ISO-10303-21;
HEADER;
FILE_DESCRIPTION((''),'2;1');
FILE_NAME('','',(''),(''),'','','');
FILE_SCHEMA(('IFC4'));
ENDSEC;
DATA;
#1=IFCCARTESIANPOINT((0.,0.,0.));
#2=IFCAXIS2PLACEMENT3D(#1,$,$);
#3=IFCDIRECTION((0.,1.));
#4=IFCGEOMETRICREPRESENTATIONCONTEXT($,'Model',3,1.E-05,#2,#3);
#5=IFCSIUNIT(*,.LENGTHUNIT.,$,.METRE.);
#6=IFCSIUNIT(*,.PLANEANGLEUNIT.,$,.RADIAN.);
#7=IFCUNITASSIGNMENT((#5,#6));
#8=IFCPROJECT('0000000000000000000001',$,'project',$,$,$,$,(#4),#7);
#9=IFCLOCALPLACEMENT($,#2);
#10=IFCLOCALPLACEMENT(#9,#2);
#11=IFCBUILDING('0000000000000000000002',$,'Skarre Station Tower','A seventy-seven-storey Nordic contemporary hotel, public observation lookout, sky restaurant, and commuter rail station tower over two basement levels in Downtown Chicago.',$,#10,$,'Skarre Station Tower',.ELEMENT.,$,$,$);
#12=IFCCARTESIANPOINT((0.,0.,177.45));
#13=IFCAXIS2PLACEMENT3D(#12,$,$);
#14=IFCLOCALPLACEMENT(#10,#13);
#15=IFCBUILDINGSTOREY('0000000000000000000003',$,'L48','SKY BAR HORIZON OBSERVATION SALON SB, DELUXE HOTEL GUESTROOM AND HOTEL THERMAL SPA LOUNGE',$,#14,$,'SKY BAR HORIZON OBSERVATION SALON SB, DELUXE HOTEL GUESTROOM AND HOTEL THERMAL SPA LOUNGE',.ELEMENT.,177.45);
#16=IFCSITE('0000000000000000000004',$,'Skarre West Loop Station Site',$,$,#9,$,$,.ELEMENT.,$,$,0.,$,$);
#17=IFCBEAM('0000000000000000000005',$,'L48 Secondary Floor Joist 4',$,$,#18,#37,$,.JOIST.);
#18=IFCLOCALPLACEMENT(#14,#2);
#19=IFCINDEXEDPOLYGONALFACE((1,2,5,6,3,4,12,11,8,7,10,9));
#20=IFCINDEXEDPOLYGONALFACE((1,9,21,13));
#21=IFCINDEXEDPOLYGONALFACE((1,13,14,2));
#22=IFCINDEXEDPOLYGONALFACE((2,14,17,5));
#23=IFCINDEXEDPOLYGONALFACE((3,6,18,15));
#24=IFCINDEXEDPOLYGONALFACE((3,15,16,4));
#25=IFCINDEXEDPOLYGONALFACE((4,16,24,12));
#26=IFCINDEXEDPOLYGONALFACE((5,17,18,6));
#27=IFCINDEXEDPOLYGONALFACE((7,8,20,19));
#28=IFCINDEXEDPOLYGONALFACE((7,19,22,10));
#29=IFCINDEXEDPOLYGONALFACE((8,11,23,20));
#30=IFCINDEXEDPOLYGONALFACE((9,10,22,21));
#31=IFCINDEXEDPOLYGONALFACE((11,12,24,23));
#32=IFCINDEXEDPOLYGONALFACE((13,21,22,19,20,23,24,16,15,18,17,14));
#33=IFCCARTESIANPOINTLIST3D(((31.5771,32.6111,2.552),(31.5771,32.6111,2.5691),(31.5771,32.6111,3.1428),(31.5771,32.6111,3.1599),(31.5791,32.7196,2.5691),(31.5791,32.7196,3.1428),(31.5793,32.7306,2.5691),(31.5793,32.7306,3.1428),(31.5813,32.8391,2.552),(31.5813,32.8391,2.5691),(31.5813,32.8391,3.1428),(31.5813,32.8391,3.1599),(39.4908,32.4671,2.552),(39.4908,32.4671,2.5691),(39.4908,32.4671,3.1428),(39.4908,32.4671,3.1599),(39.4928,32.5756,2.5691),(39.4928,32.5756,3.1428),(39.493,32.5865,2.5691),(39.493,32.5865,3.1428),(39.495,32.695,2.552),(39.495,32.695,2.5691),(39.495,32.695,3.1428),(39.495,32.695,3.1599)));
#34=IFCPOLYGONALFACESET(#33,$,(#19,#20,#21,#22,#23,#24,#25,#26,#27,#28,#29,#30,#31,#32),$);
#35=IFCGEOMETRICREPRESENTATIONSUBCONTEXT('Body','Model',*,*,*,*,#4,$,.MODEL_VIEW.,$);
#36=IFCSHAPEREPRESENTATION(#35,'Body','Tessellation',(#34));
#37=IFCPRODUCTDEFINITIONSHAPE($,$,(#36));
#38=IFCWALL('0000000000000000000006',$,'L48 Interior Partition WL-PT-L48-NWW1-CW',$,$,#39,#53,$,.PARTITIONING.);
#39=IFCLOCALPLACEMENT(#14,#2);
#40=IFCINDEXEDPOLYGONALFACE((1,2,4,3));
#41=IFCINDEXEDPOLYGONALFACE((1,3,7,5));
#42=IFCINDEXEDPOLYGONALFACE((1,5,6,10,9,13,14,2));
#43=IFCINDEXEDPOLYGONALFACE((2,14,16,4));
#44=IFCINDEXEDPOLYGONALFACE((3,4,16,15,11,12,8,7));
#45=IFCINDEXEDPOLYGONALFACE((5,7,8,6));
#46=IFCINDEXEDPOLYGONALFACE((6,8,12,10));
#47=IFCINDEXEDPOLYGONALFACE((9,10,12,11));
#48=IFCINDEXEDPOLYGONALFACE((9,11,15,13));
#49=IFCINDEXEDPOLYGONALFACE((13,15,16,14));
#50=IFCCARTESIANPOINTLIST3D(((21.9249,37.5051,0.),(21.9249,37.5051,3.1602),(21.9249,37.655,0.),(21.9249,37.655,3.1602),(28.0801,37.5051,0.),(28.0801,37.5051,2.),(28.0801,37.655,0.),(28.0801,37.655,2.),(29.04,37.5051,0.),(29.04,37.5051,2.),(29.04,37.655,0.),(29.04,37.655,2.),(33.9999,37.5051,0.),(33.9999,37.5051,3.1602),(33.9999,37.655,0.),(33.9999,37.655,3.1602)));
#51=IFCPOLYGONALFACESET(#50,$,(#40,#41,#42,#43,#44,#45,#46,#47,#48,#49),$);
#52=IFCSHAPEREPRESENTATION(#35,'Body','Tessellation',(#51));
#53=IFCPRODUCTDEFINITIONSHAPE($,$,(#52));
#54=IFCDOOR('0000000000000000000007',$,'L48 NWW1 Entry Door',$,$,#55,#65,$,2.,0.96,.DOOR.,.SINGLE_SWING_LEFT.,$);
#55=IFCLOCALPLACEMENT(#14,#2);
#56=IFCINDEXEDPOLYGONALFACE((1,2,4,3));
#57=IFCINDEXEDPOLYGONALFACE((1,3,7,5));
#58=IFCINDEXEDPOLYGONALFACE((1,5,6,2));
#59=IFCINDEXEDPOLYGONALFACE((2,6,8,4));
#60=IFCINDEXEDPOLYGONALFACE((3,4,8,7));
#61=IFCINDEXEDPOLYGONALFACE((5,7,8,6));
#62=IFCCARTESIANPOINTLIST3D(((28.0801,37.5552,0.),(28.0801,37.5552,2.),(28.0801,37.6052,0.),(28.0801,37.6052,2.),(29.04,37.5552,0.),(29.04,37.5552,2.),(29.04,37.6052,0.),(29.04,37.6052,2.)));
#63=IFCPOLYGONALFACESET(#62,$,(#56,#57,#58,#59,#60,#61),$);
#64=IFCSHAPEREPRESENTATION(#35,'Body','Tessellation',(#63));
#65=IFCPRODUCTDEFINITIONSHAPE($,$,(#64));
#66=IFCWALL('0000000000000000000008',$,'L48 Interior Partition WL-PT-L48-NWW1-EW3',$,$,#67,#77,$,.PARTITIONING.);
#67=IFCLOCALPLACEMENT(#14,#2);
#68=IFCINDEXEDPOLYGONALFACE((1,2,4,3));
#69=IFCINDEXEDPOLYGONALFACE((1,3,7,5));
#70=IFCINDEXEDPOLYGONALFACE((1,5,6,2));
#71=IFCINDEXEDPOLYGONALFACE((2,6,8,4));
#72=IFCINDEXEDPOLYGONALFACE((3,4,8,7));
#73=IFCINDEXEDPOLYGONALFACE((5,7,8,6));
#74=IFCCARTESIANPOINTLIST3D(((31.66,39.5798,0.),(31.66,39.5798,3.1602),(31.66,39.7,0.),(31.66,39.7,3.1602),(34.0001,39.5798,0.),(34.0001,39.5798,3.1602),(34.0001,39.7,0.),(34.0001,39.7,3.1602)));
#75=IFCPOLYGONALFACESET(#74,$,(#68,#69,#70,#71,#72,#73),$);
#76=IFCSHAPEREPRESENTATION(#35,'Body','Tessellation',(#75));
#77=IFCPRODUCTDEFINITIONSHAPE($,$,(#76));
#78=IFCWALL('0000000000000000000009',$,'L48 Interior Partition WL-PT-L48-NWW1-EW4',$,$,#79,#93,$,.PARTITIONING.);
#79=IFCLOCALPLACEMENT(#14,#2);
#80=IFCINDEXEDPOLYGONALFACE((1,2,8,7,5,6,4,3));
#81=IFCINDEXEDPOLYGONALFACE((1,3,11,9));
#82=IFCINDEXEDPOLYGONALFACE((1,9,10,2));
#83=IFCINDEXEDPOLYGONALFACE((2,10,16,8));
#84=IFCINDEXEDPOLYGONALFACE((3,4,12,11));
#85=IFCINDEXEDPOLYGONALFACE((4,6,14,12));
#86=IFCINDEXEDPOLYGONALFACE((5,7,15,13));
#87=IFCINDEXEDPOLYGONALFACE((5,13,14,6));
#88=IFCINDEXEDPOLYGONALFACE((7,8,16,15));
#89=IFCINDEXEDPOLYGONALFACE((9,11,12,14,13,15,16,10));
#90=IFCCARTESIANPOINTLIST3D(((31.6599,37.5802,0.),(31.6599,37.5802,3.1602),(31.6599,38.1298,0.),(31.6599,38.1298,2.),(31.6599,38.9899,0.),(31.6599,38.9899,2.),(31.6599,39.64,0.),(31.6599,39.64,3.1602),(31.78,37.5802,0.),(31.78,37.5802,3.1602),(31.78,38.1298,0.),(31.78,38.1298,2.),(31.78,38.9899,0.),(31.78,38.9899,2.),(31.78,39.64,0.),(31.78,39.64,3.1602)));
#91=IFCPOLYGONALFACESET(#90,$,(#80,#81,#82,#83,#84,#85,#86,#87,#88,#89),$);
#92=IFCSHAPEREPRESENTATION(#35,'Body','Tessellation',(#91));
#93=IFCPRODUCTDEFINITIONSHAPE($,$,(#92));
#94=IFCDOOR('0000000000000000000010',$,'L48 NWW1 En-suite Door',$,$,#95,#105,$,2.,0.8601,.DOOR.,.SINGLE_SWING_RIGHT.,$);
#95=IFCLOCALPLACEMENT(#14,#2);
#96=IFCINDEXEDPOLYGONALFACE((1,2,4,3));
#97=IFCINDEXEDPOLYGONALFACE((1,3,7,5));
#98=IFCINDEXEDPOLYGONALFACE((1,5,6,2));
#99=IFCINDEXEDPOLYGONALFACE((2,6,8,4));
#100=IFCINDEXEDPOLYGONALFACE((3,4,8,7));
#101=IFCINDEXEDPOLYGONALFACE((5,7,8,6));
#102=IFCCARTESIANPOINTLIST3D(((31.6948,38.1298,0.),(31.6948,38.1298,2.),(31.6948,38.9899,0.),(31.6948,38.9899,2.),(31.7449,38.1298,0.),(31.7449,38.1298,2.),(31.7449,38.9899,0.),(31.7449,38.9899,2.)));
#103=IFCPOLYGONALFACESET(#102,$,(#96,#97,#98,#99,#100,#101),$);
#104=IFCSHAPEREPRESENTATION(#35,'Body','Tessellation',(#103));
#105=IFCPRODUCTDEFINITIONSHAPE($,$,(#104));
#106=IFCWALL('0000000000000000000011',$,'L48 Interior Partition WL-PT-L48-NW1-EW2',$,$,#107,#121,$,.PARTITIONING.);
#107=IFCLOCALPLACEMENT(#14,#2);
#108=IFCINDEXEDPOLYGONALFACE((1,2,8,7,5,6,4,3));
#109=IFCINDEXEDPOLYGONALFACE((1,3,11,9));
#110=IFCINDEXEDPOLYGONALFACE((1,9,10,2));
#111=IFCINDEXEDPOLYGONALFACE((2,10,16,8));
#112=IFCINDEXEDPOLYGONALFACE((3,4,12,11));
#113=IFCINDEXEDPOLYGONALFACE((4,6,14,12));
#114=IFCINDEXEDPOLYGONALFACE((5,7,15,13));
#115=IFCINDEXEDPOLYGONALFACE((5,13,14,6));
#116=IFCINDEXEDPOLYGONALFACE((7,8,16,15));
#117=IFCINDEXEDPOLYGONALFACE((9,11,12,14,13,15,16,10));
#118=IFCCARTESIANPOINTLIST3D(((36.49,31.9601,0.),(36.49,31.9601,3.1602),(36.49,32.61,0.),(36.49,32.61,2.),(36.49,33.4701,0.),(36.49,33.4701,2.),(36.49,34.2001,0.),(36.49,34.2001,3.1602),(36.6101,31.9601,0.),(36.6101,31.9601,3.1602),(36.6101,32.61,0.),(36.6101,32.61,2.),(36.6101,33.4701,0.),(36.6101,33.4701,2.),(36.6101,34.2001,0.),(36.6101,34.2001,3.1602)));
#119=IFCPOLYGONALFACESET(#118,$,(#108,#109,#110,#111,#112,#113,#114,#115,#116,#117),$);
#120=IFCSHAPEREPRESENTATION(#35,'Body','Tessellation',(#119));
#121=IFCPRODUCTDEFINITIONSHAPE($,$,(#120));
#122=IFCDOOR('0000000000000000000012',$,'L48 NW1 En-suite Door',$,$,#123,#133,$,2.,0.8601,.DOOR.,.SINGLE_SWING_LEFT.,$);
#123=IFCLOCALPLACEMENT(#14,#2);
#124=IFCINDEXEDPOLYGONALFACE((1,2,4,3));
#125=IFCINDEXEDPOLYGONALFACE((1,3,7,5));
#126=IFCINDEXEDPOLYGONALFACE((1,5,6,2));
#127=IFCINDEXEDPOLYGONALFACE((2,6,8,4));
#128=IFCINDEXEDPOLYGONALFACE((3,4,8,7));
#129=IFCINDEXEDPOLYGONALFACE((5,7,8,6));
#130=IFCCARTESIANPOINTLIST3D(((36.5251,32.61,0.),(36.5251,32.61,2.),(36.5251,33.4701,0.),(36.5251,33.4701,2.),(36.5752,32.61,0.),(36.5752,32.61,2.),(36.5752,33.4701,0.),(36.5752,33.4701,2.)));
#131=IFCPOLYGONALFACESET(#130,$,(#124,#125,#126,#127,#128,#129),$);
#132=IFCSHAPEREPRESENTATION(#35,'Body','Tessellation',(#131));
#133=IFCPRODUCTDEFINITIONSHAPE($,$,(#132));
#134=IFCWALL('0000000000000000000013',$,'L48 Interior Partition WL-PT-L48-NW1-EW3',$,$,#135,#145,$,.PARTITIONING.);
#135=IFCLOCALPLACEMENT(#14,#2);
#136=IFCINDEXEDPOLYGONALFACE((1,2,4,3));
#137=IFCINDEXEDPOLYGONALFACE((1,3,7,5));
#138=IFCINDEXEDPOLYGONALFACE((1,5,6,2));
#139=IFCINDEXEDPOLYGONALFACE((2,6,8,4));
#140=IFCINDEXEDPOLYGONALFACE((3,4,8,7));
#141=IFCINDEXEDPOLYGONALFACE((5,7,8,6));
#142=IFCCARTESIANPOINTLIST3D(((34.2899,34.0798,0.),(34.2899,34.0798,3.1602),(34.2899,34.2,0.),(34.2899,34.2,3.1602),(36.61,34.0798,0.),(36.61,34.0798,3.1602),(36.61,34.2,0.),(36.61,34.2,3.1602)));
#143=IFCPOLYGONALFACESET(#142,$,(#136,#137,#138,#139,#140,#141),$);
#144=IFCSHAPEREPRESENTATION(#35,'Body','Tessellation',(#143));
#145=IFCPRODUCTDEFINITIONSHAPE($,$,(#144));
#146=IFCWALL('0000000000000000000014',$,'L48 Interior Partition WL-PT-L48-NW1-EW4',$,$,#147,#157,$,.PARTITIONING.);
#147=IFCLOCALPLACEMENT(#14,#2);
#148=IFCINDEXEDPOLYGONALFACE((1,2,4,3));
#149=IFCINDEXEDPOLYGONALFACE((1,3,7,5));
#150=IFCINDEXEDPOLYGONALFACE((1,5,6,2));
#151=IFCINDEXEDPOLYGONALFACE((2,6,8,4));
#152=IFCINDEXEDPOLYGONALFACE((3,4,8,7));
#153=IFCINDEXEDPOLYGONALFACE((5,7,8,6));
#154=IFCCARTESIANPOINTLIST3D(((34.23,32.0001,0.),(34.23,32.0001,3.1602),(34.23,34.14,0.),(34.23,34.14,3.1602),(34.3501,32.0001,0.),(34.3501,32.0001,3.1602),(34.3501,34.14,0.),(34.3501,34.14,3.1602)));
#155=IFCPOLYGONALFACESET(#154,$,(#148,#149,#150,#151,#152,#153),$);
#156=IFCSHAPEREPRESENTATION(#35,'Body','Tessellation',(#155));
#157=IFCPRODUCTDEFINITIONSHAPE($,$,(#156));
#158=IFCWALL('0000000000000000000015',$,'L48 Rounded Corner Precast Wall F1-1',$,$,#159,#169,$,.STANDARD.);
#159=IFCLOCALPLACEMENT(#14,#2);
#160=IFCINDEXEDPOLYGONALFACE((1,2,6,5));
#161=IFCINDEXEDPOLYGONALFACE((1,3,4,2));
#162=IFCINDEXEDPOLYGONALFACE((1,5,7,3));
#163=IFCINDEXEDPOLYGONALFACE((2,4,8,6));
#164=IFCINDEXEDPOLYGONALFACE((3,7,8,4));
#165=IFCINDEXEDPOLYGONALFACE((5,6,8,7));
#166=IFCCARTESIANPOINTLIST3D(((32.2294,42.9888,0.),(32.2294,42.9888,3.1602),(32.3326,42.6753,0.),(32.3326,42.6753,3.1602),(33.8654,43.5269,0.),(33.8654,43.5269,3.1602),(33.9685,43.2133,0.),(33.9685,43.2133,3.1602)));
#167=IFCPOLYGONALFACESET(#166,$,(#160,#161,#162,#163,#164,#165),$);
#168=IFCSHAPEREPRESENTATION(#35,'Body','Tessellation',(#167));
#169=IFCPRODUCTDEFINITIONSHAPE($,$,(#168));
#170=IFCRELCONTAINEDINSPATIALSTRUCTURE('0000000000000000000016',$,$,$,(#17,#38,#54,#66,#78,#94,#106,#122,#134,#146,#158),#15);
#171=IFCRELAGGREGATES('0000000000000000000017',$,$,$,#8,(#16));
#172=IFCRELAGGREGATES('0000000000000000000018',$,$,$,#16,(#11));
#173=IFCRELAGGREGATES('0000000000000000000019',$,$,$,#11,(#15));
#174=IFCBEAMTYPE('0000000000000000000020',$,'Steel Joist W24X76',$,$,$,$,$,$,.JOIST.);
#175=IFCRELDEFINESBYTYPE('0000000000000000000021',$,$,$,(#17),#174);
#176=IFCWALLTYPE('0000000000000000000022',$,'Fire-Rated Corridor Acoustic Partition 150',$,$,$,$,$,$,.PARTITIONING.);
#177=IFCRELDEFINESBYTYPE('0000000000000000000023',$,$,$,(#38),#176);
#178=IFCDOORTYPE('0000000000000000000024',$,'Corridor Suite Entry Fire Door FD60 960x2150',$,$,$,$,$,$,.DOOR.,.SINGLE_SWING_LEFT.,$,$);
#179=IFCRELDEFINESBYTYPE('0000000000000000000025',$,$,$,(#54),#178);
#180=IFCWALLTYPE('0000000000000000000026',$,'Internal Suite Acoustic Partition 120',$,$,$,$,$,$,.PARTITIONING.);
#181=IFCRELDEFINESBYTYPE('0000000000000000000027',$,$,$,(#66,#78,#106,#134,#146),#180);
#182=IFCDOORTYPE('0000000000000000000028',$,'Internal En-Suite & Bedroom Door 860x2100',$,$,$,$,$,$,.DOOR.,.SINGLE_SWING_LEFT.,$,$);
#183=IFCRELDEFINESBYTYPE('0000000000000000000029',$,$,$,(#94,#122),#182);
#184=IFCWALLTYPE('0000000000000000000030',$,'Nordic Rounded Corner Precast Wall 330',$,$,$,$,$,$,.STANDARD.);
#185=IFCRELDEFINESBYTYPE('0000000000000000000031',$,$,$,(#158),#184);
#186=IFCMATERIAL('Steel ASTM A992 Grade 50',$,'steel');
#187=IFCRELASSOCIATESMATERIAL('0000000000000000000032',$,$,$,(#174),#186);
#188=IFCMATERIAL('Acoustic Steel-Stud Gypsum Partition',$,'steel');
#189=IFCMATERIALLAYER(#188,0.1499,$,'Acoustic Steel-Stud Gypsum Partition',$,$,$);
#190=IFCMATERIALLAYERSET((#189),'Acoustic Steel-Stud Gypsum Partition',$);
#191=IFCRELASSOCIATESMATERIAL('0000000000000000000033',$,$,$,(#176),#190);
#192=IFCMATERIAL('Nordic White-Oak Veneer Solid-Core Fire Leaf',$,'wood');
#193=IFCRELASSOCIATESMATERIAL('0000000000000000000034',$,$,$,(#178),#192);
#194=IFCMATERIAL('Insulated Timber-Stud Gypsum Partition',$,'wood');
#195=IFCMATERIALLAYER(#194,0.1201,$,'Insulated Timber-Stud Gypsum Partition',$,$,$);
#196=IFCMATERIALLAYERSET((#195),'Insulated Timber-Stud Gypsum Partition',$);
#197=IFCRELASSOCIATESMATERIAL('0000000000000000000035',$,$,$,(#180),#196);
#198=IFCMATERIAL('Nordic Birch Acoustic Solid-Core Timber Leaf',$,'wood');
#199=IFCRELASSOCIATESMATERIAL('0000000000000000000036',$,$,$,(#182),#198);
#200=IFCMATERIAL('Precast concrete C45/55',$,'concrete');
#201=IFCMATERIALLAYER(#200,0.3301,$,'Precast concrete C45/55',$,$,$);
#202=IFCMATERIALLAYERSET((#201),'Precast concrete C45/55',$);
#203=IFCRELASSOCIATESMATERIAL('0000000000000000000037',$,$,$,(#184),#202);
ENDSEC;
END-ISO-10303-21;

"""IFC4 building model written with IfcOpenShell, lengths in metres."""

from ifc_helpers import new_model, si_unit, direction, frame, frame_2d, origin, origin_2d, place, context, subcontext, project, spatial, rectangle, i_section, extrude, material, layer, layer_set, material_profile, profile_set, type_object, element, fill, save


model = new_model("IFC4")

# Units and contexts
model_context = context("Model", 3, precision=1e-05, world=origin(), true_north=direction((0.0, 1.0)))
body_context = subcontext(model_context, "Body", "Model", "MODEL_VIEW")
ifc_project = project(units=[si_unit("LENGTHUNIT", "METRE"), si_unit("PLANEANGLEUNIT", "RADIAN")], contexts=[model_context])

# Site, building, storey
site_placement = place(None, origin())
site = spatial("IfcSite", under=ifc_project, at=site_placement, Name="Skarre West Loop Station Site", CompositionType="ELEMENT", RefElevation=0.0)
building_placement = place(site_placement, origin())
building = spatial("IfcBuilding", under=site, at=building_placement, Name="Skarre Station Tower", Description="A seventy-seven-storey Nordic contemporary hotel, public observation lookout, sky restaurant, and commuter rail station tower over two basement levels in Downtown Chicago.", LongName="Skarre Station Tower", CompositionType="ELEMENT")
storey_placement = place(building_placement, frame((0.0, 0.0, 177.45)))
storey = spatial("IfcBuildingStorey", under=building, at=storey_placement, Name="L48", Description="SKY BAR HORIZON OBSERVATION SALON SB, DELUXE HOTEL GUESTROOM AND HOTEL THERMAL SPA LOUNGE", LongName="SKY BAR HORIZON OBSERVATION SALON SB, DELUXE HOTEL GUESTROOM AND HOTEL THERMAL SPA LOUNGE", CompositionType="ELEMENT", Elevation=177.45)

# Beam
ifc_material_1 = material(Name="Steel ASTM A992 Grade 50", Category="steel")
ifc_material_profile = material_profile(ifc_material_1, i_section(OverallWidth=0.228, OverallDepth=0.6079, WebThickness=0.011, FlangeThickness=0.0171, at=origin_2d()), Name="Steel ASTM A992 Grade 50")
ifc_profile_set = profile_set([ifc_material_profile], Name="Steel ASTM A992 Grade 50")
beam_type = type_object("IfcBeamType", Name="Steel Joist W24X76", PredefinedType="JOIST", material=ifc_profile_set)
beam_placement = place(storey_placement, frame((39.4929, 32.5811, 2.856), z_axis=(-0.999834, 0.018198, 0.0), x_axis=(-0.018198, -0.999834, 0.0)))
element("IfcBeam", 1, at=beam_placement, inside=storey, type_object=beam_type, Name="L48 Secondary Floor Joist 4", PredefinedType="JOIST", context=body_context, shape_type="SweptSolid", body=[
    extrude(i_section(OverallWidth=0.228, OverallDepth=0.6079, WebThickness=0.011, FlangeThickness=0.0171, at=origin_2d()), origin(), (0.0, 0.0, 1.0), 7.915),
])

# Wall, opening, door
ifc_material_2 = material(Name="Acoustic Steel-Stud Gypsum Partition", Category="steel")
ifc_layer_1 = layer(ifc_material_2, 0.1499, Name="Acoustic Steel-Stud Gypsum Partition")
ifc_layer_set_1 = layer_set([ifc_layer_1], Name="Acoustic Steel-Stud Gypsum Partition")
wall_type_1 = type_object("IfcWallType", Name="Fire-Rated Corridor Acoustic Partition 150", PredefinedType="PARTITIONING", material=ifc_layer_set_1)
wall_1_placement = place(storey_placement, frame((34.0, 37.5801, 0.0), z_axis=(0.0, 0.0, 1.0), x_axis=(-1.0, 0.0, 0.0)))
wall_1 = element("IfcWall", 2, at=wall_1_placement, inside=storey, type_object=wall_type_1, Name="L48 Interior Partition WL-PT-L48-NWW1-CW", PredefinedType="PARTITIONING", context=body_context, shape_type="SweptSolid", body=[
    extrude(rectangle(XDim=12.075, YDim=0.1499, at=frame_2d((6.0376, 0.0))), origin(), (0.0, 0.0, 1.0), 3.1602),
])
opening_1_placement = place(wall_1_placement, frame((4.96, 0.0, 0.0)))
opening_1 = element("IfcOpeningElement", 3, at=opening_1_placement, cuts=wall_1, PredefinedType="OPENING", context=body_context, shape_type="SweptSolid", body=[
    extrude(rectangle(XDim=0.96, YDim=2.0, at=frame_2d((0.48, 1.0))), frame((0.0, 0.085, 0.0), z_axis=(0.0, -1.0, 0.0), x_axis=(1.0, 0.0, 0.0)), (0.0, 0.0, 1.0), 0.1699),
])
ifc_material_3 = material(Name="Nordic White-Oak Veneer Solid-Core Fire Leaf", Category="wood")
door_type_1 = type_object("IfcDoorType", Name="Corridor Suite Entry Fire Door FD60 960x2150", OperationType="SINGLE_SWING_LEFT", PredefinedType="DOOR", material=ifc_material_3)
door_1_placement = place(opening_1_placement, origin())
door_1 = element("IfcDoor", 4, at=door_1_placement, inside=storey, type_object=door_type_1, Name="L48 NWW1 Entry Door", OperationType="SINGLE_SWING_LEFT", OverallHeight=2.0, OverallWidth=0.96, PredefinedType="DOOR", context=body_context, shape_type="SweptSolid", body=[
    extrude(rectangle(XDim=0.96, YDim=2.0, at=frame_2d((0.48, 1.0))), frame((0.0, 0.0249, 0.0), z_axis=(0.0, -1.0, 0.0), x_axis=(1.0, 0.0, 0.0)), (0.0, 0.0, 1.0), 0.05),
])
fill(opening_1, door_1)

# Wall
ifc_material_4 = material(Name="Insulated Timber-Stud Gypsum Partition", Category="wood")
ifc_layer_2 = layer(ifc_material_4, 0.1201, Name="Insulated Timber-Stud Gypsum Partition")
ifc_layer_set_2 = layer_set([ifc_layer_2], Name="Insulated Timber-Stud Gypsum Partition")
wall_type_2 = type_object("IfcWallType", Name="Internal Suite Acoustic Partition 120", PredefinedType="PARTITIONING", material=ifc_layer_set_2)
wall_2_placement = place(storey_placement, frame((34.0, 39.6399, 0.0), z_axis=(0.0, 0.0, 1.0), x_axis=(-1.0, 0.0, 0.0)))
element("IfcWall", 5, at=wall_2_placement, inside=storey, type_object=wall_type_2, Name="L48 Interior Partition WL-PT-L48-NWW1-EW3", PredefinedType="PARTITIONING", context=body_context, shape_type="SweptSolid", body=[
    extrude(rectangle(XDim=2.3401, YDim=0.1201, at=frame_2d((1.1699, 0.0))), origin(), (0.0, 0.0, 1.0), 3.1602),
])

# Walls, openings, doors
wall_3_placement = place(storey_placement, frame((31.72, 39.6399, 0.0), z_axis=(0.0, 0.0, 1.0), x_axis=(0.0, -1.0, 0.0)))
wall_3 = element("IfcWall", 6, at=wall_3_placement, inside=storey, type_object=wall_type_2, Name="L48 Interior Partition WL-PT-L48-NWW1-EW4", PredefinedType="PARTITIONING", context=body_context, shape_type="SweptSolid", body=[
    extrude(rectangle(XDim=2.0598, YDim=0.1201, at=frame_2d((1.0298, 0.0))), origin(), (0.0, 0.0, 1.0), 3.1602),
])
opening_2_placement = place(wall_3_placement, frame((0.6499, 0.0, 0.0)))
opening_2 = element("IfcOpeningElement", 7, at=opening_2_placement, cuts=wall_3, PredefinedType="OPENING", context=body_context, shape_type="SweptSolid", body=[
    extrude(rectangle(XDim=0.8601, YDim=2.0, at=frame_2d((0.4302, 1.0))), frame((0.0, 0.0701, 0.0), z_axis=(0.0, -1.0, 0.0), x_axis=(1.0, 0.0, 0.0)), (0.0, 0.0, 1.0), 0.1401),
])
ifc_material_5 = material(Name="Nordic Birch Acoustic Solid-Core Timber Leaf", Category="wood")
door_type_2 = type_object("IfcDoorType", Name="Internal En-Suite & Bedroom Door 860x2100", OperationType="SINGLE_SWING_LEFT", PredefinedType="DOOR", material=ifc_material_5)
door_2_placement = place(opening_2_placement, origin())
door_2 = element("IfcDoor", 8, at=door_2_placement, inside=storey, type_object=door_type_2, Name="L48 NWW1 En-suite Door", OperationType="SINGLE_SWING_RIGHT", OverallHeight=2.0, OverallWidth=0.8601, PredefinedType="DOOR", context=body_context, shape_type="SweptSolid", body=[
    extrude(rectangle(XDim=0.8601, YDim=2.0, at=frame_2d((0.4302, 1.0))), frame((0.0, 0.0249, 0.0), z_axis=(0.0, -1.0, 0.0), x_axis=(1.0, 0.0, 0.0)), (0.0, 0.0, 1.0), 0.05),
])
fill(opening_2, door_2)
wall_4_placement = place(storey_placement, frame((36.55, 31.96, 0.0), z_axis=(0.0, 0.0, 1.0), x_axis=(0.0, 1.0, 0.0)))
wall_4 = element("IfcWall", 9, at=wall_4_placement, inside=storey, type_object=wall_type_2, Name="L48 Interior Partition WL-PT-L48-NW1-EW2", PredefinedType="PARTITIONING", context=body_context, shape_type="SweptSolid", body=[
    extrude(rectangle(XDim=2.24, YDim=0.1201, at=frame_2d((1.1201, 0.0))), origin(), (0.0, 0.0, 1.0), 3.1602),
])
opening_3_placement = place(wall_4_placement, frame((0.6499, 0.0, 0.0)))
opening_3 = element("IfcOpeningElement", 10, at=opening_3_placement, cuts=wall_4, PredefinedType="OPENING", context=body_context, shape_type="SweptSolid", body=[
    extrude(rectangle(XDim=0.8601, YDim=2.0, at=frame_2d((0.4302, 1.0))), frame((0.0, 0.0701, 0.0), z_axis=(0.0, -1.0, 0.0), x_axis=(1.0, 0.0, 0.0)), (0.0, 0.0, 1.0), 0.1401),
])
door_3_placement = place(opening_3_placement, origin())
door_3 = element("IfcDoor", 11, at=door_3_placement, inside=storey, type_object=door_type_2, Name="L48 NW1 En-suite Door", OperationType="SINGLE_SWING_LEFT", OverallHeight=2.0, OverallWidth=0.8601, PredefinedType="DOOR", context=body_context, shape_type="SweptSolid", body=[
    extrude(rectangle(XDim=0.8601, YDim=2.0, at=frame_2d((0.4302, 1.0))), frame((0.0, 0.0249, 0.0), z_axis=(0.0, -1.0, 0.0), x_axis=(1.0, 0.0, 0.0)), (0.0, 0.0, 1.0), 0.05),
])
fill(opening_3, door_3)

# Walls
wall_5_placement = place(storey_placement, frame((36.6101, 34.1399, 0.0), z_axis=(0.0, 0.0, 1.0), x_axis=(-1.0, 0.0, 0.0)))
element("IfcWall", 12, at=wall_5_placement, inside=storey, type_object=wall_type_2, Name="L48 Interior Partition WL-PT-L48-NW1-EW3", PredefinedType="PARTITIONING", context=body_context, shape_type="SweptSolid", body=[
    extrude(rectangle(XDim=2.3201, YDim=0.1201, at=frame_2d((1.1602, 0.0))), origin(), (0.0, 0.0, 1.0), 3.1602),
])
wall_6_placement = place(storey_placement, frame((34.29, 34.1399, 0.0), z_axis=(0.0, 0.0, 1.0), x_axis=(0.0, -1.0, 0.0)))
element("IfcWall", 13, at=wall_6_placement, inside=storey, type_object=wall_type_2, Name="L48 Interior Partition WL-PT-L48-NW1-EW4", PredefinedType="PARTITIONING", context=body_context, shape_type="SweptSolid", body=[
    extrude(rectangle(XDim=2.1399, YDim=0.1201, at=frame_2d((1.0698, 0.0))), origin(), (0.0, 0.0, 1.0), 3.1602),
])
ifc_material_6 = material(Name="Precast concrete C45/55", Category="concrete")
ifc_layer_3 = layer(ifc_material_6, 0.3301, Name="Precast concrete C45/55")
ifc_layer_set_3 = layer_set([ifc_layer_3], Name="Precast concrete C45/55")
wall_type_3 = type_object("IfcWallType", Name="Nordic Rounded Corner Precast Wall 330", PredefinedType="STANDARD", material=ifc_layer_set_3)
wall_7_placement = place(storey_placement, frame((32.281, 42.832, 0.0), z_axis=(0.0, 0.0, 1.0), x_axis=(0.949937, 0.31244, 0.0)))
element("IfcWall", 14, at=wall_7_placement, inside=storey, type_object=wall_type_3, Name="L48 Rounded Corner Precast Wall F1-1", PredefinedType="STANDARD", context=body_context, shape_type="SweptSolid", body=[
    extrude(rectangle(XDim=1.7222, YDim=0.3301, at=frame_2d((0.8611, 0.0))), origin(), (0.0, 0.0, 1.0), 3.1602),
])

save(model, "model.ifc")
